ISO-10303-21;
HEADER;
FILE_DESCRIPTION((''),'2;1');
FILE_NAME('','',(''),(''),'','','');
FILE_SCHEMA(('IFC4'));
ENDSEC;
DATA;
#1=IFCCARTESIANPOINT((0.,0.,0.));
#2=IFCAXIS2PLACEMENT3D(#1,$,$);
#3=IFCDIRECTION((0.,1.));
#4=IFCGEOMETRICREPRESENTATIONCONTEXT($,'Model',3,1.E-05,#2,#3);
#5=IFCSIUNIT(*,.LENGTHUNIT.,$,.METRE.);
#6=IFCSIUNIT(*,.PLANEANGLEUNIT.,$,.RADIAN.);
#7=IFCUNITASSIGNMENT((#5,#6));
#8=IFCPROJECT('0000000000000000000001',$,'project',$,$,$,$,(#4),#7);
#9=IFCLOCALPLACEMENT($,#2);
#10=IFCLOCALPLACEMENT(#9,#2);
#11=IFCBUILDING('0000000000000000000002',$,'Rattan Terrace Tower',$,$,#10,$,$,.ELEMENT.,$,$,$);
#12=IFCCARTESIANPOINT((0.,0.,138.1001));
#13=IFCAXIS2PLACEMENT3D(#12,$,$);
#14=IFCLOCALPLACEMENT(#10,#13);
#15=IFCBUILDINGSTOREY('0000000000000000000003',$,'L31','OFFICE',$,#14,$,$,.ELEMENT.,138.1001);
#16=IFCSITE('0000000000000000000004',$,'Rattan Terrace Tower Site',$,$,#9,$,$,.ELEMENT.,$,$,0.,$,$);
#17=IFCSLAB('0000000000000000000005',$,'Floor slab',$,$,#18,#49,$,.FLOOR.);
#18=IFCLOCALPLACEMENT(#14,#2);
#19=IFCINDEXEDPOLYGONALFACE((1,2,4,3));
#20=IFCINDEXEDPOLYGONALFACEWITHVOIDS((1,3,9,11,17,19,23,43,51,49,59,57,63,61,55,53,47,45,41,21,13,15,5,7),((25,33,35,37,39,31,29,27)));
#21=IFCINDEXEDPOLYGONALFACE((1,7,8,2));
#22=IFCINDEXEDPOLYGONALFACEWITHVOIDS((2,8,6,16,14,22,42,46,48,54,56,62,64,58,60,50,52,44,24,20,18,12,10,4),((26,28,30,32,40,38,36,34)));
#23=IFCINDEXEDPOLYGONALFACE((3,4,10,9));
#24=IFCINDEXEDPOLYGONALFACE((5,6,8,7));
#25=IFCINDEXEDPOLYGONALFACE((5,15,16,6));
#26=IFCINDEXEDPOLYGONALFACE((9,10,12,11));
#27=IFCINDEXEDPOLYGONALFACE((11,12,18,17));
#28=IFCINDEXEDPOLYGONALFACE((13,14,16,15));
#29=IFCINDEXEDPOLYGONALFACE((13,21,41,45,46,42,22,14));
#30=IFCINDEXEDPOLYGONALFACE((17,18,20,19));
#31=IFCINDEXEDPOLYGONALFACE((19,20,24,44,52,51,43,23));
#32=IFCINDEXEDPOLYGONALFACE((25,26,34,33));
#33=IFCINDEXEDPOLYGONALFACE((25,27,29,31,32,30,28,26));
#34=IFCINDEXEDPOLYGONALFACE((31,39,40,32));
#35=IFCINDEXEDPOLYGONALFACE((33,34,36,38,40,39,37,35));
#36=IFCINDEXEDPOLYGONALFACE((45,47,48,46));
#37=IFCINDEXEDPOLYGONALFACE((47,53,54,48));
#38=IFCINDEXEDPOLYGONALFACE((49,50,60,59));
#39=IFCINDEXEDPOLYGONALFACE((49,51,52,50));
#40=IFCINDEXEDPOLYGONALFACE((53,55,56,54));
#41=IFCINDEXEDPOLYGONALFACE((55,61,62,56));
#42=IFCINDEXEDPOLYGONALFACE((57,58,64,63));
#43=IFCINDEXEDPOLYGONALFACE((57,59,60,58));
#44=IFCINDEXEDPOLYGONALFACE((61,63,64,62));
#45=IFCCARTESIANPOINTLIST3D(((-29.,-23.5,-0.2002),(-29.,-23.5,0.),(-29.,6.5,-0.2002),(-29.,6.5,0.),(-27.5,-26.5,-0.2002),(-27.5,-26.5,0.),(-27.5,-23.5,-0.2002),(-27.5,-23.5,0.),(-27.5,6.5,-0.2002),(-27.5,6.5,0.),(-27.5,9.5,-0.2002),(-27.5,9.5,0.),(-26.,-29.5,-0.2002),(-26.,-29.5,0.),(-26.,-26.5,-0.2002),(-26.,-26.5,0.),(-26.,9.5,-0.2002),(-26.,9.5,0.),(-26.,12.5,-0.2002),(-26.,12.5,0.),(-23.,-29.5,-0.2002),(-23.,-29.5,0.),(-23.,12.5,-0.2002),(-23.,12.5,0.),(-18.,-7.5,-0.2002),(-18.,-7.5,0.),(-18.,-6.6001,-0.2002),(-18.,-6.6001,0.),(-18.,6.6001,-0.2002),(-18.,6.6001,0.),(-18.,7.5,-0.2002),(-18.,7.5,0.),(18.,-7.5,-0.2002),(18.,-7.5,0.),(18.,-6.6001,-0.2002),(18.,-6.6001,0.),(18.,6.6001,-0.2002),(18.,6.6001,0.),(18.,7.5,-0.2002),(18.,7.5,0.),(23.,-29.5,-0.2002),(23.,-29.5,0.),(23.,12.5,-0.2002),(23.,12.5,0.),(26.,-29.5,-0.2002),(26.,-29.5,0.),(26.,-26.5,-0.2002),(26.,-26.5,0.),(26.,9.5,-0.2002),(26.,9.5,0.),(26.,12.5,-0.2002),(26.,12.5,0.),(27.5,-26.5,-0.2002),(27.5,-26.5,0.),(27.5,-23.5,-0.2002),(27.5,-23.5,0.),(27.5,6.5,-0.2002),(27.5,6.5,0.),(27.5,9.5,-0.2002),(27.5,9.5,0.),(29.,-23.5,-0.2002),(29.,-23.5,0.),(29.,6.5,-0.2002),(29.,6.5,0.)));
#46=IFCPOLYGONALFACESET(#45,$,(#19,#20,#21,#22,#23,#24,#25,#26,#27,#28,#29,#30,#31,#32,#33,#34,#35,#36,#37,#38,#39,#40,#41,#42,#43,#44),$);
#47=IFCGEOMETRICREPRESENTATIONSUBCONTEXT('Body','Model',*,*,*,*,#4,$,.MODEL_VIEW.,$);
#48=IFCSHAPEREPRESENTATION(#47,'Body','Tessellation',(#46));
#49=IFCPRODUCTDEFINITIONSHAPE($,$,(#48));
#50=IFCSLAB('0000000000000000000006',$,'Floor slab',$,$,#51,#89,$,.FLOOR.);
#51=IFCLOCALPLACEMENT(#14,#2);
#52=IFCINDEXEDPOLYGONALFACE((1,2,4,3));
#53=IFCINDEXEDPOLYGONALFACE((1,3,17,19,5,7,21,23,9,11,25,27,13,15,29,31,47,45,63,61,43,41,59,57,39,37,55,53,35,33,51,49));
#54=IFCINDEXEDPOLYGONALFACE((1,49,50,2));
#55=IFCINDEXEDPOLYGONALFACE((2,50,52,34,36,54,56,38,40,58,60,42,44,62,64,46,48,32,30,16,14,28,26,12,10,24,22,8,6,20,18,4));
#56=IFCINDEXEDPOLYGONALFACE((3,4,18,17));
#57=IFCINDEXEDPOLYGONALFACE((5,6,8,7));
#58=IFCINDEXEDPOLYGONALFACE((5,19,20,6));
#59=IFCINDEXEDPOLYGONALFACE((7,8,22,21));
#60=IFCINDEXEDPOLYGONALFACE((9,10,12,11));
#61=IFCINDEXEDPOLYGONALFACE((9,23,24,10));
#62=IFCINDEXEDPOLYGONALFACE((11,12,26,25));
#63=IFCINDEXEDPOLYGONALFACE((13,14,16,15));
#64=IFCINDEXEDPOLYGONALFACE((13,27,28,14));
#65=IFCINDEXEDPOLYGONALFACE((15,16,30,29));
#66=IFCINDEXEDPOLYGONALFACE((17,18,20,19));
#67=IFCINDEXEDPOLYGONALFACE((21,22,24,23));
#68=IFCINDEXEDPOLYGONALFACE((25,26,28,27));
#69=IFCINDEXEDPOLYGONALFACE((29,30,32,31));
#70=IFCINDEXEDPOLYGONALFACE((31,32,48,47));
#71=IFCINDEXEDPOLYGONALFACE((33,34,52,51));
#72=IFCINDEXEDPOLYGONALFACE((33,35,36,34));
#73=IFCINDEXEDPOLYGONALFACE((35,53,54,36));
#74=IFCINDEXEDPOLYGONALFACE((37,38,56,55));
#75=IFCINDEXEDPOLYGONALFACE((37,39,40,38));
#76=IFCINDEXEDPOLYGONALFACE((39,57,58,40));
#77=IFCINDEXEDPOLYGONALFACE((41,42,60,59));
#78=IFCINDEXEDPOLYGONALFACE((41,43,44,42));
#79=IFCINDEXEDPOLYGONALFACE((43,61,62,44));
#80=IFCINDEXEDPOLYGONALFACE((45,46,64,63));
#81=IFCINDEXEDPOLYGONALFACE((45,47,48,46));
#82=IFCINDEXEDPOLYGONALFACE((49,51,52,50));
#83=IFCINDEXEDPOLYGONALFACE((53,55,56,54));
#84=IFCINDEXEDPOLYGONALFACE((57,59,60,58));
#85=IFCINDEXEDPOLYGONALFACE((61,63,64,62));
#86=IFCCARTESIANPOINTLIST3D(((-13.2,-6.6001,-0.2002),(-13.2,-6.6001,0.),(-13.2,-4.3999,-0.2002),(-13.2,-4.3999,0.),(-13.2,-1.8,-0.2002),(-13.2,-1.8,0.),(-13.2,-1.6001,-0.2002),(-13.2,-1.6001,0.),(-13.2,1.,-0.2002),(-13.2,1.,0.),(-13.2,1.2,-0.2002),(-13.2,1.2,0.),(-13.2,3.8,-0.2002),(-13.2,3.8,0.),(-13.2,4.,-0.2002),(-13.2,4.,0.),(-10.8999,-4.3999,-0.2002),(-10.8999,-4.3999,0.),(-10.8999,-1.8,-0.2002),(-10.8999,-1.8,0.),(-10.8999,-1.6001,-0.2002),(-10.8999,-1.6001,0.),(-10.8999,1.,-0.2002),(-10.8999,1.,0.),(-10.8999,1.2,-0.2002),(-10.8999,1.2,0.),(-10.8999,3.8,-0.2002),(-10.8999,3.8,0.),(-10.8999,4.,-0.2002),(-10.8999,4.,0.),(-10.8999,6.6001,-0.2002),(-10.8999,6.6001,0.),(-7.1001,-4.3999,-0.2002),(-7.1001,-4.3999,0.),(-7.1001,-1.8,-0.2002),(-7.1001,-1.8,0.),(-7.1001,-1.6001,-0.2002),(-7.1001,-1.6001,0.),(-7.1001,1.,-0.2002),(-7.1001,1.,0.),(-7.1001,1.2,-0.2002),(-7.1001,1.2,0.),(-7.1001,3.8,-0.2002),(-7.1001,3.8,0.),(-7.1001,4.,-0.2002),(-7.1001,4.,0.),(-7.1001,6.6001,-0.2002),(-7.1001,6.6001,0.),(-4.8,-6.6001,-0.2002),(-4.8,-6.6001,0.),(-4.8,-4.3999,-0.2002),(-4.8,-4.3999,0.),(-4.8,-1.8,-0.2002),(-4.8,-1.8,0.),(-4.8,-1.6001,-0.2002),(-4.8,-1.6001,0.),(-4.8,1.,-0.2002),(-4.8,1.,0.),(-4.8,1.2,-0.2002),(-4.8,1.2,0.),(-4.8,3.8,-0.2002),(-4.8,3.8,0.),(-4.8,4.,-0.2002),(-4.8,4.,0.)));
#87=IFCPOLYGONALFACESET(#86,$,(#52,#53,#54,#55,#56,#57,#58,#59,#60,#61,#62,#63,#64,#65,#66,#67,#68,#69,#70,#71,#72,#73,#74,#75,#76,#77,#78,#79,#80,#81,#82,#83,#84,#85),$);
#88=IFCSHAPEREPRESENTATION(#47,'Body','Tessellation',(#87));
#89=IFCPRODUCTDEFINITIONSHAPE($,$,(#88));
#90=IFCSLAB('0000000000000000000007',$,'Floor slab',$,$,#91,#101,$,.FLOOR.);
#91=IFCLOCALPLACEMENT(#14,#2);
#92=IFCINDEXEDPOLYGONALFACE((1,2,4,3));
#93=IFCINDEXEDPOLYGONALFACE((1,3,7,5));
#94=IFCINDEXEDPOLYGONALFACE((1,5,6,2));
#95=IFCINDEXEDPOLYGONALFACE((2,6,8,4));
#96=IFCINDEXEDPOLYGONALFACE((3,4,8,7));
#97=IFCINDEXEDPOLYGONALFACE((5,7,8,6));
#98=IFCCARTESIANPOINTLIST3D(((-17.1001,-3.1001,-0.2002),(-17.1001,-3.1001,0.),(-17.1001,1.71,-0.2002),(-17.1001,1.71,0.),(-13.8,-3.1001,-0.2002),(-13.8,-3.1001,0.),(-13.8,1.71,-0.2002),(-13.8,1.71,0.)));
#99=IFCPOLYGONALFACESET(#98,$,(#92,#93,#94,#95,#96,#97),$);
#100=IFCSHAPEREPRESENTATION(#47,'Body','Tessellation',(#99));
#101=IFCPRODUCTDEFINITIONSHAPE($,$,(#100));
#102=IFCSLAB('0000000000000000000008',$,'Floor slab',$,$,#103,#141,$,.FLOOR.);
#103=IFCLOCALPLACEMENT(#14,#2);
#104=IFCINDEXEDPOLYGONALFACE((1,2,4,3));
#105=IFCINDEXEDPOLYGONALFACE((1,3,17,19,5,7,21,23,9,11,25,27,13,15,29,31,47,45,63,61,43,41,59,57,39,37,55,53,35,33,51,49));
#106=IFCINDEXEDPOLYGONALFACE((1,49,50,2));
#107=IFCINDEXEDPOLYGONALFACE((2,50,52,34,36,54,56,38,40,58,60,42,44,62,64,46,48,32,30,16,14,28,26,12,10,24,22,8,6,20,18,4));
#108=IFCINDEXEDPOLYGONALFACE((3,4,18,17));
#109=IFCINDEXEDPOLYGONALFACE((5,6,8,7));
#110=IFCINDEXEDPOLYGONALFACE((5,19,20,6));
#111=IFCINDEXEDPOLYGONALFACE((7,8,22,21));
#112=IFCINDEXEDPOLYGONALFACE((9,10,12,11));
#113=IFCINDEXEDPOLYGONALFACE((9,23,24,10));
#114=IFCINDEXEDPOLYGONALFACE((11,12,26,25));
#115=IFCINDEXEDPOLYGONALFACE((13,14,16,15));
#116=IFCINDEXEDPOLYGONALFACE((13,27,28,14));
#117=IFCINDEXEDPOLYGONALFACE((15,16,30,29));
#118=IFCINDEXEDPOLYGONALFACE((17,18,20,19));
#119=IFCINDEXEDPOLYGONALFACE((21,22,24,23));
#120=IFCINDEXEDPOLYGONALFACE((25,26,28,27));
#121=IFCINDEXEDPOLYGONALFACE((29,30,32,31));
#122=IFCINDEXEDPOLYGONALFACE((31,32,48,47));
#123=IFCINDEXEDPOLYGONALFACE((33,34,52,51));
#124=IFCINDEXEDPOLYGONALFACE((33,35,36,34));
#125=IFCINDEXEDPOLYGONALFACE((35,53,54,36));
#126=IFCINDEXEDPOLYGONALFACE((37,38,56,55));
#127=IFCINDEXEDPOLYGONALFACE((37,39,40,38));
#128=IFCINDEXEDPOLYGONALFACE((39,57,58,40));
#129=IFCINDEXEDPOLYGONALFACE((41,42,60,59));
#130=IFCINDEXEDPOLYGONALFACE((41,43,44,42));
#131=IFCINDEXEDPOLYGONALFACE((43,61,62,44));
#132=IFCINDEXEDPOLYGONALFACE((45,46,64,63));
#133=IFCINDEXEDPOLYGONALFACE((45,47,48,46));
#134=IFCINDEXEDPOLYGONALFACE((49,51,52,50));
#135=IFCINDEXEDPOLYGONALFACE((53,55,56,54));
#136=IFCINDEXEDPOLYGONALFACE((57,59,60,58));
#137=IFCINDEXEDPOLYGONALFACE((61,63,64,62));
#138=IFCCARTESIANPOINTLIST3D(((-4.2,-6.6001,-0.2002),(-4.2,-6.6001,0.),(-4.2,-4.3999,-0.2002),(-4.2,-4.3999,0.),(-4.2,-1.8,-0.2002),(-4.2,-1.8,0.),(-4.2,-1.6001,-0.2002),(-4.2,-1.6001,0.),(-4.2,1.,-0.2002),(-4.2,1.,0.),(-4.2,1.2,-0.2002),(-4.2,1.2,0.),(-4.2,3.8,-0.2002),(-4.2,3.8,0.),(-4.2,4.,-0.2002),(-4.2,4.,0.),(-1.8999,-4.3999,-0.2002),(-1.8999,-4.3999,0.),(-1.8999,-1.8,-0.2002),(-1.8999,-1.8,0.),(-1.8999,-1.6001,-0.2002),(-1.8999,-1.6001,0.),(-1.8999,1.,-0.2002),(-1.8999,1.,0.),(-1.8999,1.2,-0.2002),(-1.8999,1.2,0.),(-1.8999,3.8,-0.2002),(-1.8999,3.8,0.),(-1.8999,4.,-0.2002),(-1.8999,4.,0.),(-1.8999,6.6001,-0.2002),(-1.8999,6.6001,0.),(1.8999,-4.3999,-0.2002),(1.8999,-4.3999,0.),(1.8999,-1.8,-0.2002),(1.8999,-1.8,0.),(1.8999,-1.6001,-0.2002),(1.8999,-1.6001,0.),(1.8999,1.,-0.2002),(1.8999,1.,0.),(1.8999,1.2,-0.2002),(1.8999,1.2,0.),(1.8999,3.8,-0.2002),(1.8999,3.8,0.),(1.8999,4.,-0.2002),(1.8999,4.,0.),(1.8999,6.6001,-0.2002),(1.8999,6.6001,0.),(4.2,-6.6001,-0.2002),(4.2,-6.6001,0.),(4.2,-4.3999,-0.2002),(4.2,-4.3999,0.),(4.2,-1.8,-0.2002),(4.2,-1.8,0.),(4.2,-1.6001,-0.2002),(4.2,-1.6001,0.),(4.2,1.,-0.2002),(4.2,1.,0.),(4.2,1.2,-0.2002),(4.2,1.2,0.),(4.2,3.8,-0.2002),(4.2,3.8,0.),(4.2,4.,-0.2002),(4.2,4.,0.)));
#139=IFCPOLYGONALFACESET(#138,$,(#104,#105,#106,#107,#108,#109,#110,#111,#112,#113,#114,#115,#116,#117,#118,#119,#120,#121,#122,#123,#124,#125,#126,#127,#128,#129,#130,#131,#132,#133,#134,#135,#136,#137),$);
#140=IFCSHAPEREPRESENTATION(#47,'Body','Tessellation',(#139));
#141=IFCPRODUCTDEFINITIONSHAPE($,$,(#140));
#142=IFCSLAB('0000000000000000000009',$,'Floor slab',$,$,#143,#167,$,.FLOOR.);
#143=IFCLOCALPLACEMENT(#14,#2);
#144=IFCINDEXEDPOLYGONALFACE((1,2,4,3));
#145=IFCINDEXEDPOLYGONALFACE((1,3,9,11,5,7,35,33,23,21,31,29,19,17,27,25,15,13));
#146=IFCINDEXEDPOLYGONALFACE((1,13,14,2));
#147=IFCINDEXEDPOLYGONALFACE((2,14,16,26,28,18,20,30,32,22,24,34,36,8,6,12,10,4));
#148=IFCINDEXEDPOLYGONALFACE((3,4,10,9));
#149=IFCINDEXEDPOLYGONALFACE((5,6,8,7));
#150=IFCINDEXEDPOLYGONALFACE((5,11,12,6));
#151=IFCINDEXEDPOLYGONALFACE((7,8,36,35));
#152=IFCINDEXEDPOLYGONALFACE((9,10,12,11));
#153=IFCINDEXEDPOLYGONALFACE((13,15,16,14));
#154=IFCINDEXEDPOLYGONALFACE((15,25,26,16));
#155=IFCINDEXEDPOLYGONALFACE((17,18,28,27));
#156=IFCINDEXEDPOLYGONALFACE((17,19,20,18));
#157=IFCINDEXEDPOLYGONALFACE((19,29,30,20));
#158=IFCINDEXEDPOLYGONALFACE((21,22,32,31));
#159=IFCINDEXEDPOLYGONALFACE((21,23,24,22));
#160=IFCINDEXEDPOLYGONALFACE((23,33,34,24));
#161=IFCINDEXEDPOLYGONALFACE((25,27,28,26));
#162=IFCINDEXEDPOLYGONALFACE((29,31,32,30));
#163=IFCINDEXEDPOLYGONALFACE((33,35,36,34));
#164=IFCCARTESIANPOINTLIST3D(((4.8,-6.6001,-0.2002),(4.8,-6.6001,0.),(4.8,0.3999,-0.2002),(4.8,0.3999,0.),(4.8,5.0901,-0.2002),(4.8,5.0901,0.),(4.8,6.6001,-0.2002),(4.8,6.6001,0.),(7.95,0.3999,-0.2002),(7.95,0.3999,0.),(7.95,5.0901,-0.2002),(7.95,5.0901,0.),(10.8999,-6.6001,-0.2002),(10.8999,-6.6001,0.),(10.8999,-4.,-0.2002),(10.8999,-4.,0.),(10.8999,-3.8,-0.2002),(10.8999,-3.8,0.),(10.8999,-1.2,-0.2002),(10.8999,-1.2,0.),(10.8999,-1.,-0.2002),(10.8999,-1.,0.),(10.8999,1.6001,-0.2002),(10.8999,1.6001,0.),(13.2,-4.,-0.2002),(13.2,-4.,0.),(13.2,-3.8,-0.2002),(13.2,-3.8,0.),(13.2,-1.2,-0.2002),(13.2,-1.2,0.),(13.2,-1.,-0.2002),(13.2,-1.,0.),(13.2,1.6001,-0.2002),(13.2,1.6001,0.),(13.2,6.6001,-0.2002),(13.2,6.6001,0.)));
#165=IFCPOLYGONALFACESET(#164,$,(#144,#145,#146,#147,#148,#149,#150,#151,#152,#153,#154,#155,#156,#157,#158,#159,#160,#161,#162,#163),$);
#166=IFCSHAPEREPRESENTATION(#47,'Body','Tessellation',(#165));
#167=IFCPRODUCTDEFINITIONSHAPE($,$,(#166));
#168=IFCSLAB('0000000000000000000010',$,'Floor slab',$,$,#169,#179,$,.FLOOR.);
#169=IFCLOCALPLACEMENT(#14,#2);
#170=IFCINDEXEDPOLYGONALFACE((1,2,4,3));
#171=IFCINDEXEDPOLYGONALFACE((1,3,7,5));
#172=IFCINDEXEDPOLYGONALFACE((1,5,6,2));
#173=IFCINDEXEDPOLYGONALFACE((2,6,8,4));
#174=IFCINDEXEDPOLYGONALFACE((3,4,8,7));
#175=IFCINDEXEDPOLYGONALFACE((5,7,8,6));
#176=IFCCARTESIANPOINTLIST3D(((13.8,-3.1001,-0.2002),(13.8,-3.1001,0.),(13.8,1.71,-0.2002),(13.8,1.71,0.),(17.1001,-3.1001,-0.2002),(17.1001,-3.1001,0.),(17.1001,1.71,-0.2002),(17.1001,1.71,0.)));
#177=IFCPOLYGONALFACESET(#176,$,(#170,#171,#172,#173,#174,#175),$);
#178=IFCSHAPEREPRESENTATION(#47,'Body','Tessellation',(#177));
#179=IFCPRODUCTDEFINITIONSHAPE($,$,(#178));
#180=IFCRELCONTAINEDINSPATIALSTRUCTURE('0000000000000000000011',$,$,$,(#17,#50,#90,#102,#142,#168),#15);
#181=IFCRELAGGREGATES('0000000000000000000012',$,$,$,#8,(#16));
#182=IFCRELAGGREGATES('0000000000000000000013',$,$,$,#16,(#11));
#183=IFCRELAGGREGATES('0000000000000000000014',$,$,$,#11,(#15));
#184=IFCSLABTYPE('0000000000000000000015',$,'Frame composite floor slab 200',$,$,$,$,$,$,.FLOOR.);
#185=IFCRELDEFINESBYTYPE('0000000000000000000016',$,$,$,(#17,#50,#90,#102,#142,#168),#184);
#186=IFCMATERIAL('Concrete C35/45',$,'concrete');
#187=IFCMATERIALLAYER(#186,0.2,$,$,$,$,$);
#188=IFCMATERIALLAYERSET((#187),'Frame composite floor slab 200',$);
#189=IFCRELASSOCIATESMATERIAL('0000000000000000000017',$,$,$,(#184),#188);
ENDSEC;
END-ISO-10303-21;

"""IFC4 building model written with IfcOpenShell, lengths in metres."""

from ifc_helpers import new_model, si_unit, direction, frame, origin, place, context, subcontext, project, spatial, polyline, outline, extrude, material, layer, layer_set, type_object, element, save


model = new_model("IFC4")

# Units and contexts
model_context = context("Model", 3, precision=1e-05, world=origin(), true_north=direction((0.0, 1.0)))
body_context = subcontext(model_context, "Body", "Model", "MODEL_VIEW")
ifc_project = project(units=[si_unit("LENGTHUNIT", "METRE"), si_unit("PLANEANGLEUNIT", "RADIAN")], contexts=[model_context])

# Site, building, storey
site_placement = place(None, origin())
site = spatial("IfcSite", under=ifc_project, at=site_placement, Name="Rattan Terrace Tower Site", CompositionType="ELEMENT", RefElevation=0.0)
building_placement = place(site_placement, origin())
building = spatial("IfcBuilding", under=site, at=building_placement, Name="Rattan Terrace Tower", CompositionType="ELEMENT")
storey_placement = place(building_placement, frame((0.0, 0.0, 138.1001)))
storey = spatial("IfcBuildingStorey", under=building, at=storey_placement, Name="L31", Description="OFFICE", CompositionType="ELEMENT", Elevation=138.1001)

# Slabs
ifc_material_1 = material(Name="Concrete C35/45", Category="concrete")
ifc_layer_1 = layer(ifc_material_1, 0.2)
ifc_layer_set_1 = layer_set([ifc_layer_1], Name="Frame composite floor slab 200")
slab_type = type_object("IfcSlabType", Name="Frame composite floor slab 200", PredefinedType="FLOOR", material=ifc_layer_set_1)
slab_1_placement = place(storey_placement, frame((0.0, 0.0, -0.2002)))
element("IfcSlab", 1, at=slab_1_placement, inside=storey, type_object=slab_type, Name="Floor slab", PredefinedType="FLOOR", context=body_context, shape_type="SweptSolid", body=[
    extrude(outline(polyline([(-23.0, -29.5), (23.0, -29.5), (26.0, -29.5), (26.0, -26.5), (27.5, -26.5), (27.5, -23.5), (29.0, -23.5), (29.0, 6.5), (27.5, 6.5), (27.5, 9.5), (26.0, 9.5), (26.0, 12.5), (23.0, 12.5), (-23.0, 12.5), (-26.0, 12.5), (-26.0, 9.5), (-27.5, 9.5), (-27.5, 6.5), (-29.0, 6.5), (-29.0, -23.5), (-27.5, -23.5), (-27.5, -26.5), (-26.0, -26.5), (-26.0, -29.5), (-23.0, -29.5)]), holes=[polyline([(-18.0, -6.6001), (-18.0, -7.5), (18.0, -7.5), (18.0, -6.6001), (18.0, 6.6001), (18.0, 7.5), (-18.0, 7.5), (-18.0, 6.6001), (-18.0, -6.6001)])]), origin(), (0.0, 0.0, 1.0), 0.2002),
])
slab_2_placement = place(storey_placement, frame((0.0, 0.0, -0.2002)))
element("IfcSlab", 2, at=slab_2_placement, inside=storey, type_object=slab_type, Name="Floor slab", PredefinedType="FLOOR", context=body_context, shape_type="SweptSolid", body=[
    extrude(outline(polyline([(-10.8999, 6.6001), (-10.8999, 4.0), (-13.2, 4.0), (-13.2, 3.8), (-10.8999, 3.8), (-10.8999, 1.2), (-13.2, 1.2), (-13.2, 1.0), (-10.8999, 1.0), (-10.8999, -1.6001), (-13.2, -1.6001), (-13.2, -1.8), (-10.8999, -1.8), (-10.8999, -4.3999), (-13.2, -4.3999), (-13.2, -6.6001), (-4.8, -6.6001), (-4.8, -4.3999), (-7.1001, -4.3999), (-7.1001, -1.8), (-4.8, -1.8), (-4.8, -1.6001), (-7.1001, -1.6001), (-7.1001, 1.0), (-4.8, 1.0), (-4.8, 1.2), (-7.1001, 1.2), (-7.1001, 3.8), (-4.8, 3.8), (-4.8, 4.0), (-7.1001, 4.0), (-7.1001, 6.6001), (-10.8999, 6.6001)])), origin(), (0.0, 0.0, 1.0), 0.2002),
])
slab_3_placement = place(storey_placement, frame((0.0, 0.0, -0.2002)))
element("IfcSlab", 3, at=slab_3_placement, inside=storey, type_object=slab_type, Name="Floor slab", PredefinedType="FLOOR", context=body_context, shape_type="SweptSolid", body=[
    extrude(outline(polyline([(-17.1001, -3.1001), (-13.8, -3.1001), (-13.8, 1.71), (-17.1001, 1.71), (-17.1001, -3.1001)])), origin(), (0.0, 0.0, 1.0), 0.2002),
])
slab_4_placement = place(storey_placement, frame((0.0, 0.0, -0.2002)))
element("IfcSlab", 4, at=slab_4_placement, inside=storey, type_object=slab_type, Name="Floor slab", PredefinedType="FLOOR", context=body_context, shape_type="SweptSolid", body=[
    extrude(outline(polyline([(-4.2, 4.0), (-4.2, 3.8), (-1.8999, 3.8), (-1.8999, 1.2), (-4.2, 1.2), (-4.2, 1.0), (-1.8999, 1.0), (-1.8999, -1.6001), (-4.2, -1.6001), (-4.2, -1.8), (-1.8999, -1.8), (-1.8999, -4.3999), (-4.2, -4.3999), (-4.2, -6.6001), (4.2, -6.6001), (4.2, -4.3999), (1.8999, -4.3999), (1.8999, -1.8), (4.2, -1.8), (4.2, -1.6001), (1.8999, -1.6001), (1.8999, 1.0), (4.2, 1.0), (4.2, 1.2), (1.8999, 1.2), (1.8999, 3.8), (4.2, 3.8), (4.2, 4.0), (1.8999, 4.0), (1.8999, 6.6001), (-1.8999, 6.6001), (-1.8999, 4.0), (-4.2, 4.0)])), origin(), (0.0, 0.0, 1.0), 0.2002),
])
slab_5_placement = place(storey_placement, frame((0.0, 0.0, -0.2002)))
element("IfcSlab", 5, at=slab_5_placement, inside=storey, type_object=slab_type, Name="Floor slab", PredefinedType="FLOOR", context=body_context, shape_type="SweptSolid", body=[
    extrude(outline(polyline([(4.8, 5.0901), (7.95, 5.0901), (7.95, 0.3999), (4.8, 0.3999), (4.8, -6.6001), (10.8999, -6.6001), (10.8999, -4.0), (13.2, -4.0), (13.2, -3.8), (10.8999, -3.8), (10.8999, -1.2), (13.2, -1.2), (13.2, -1.0), (10.8999, -1.0), (10.8999, 1.6001), (13.2, 1.6001), (13.2, 6.6001), (4.8, 6.6001), (4.8, 5.0901)])), origin(), (0.0, 0.0, 1.0), 0.2002),
])
slab_6_placement = place(storey_placement, frame((0.0, 0.0, -0.2002)))
element("IfcSlab", 6, at=slab_6_placement, inside=storey, type_object=slab_type, Name="Floor slab", PredefinedType="FLOOR", context=body_context, shape_type="SweptSolid", body=[
    extrude(outline(polyline([(13.8, -3.1001), (17.1001, -3.1001), (17.1001, 1.71), (13.8, 1.71), (13.8, -3.1001)])), origin(), (0.0, 0.0, 1.0), 0.2002),
])

save(model, "model.ifc")
